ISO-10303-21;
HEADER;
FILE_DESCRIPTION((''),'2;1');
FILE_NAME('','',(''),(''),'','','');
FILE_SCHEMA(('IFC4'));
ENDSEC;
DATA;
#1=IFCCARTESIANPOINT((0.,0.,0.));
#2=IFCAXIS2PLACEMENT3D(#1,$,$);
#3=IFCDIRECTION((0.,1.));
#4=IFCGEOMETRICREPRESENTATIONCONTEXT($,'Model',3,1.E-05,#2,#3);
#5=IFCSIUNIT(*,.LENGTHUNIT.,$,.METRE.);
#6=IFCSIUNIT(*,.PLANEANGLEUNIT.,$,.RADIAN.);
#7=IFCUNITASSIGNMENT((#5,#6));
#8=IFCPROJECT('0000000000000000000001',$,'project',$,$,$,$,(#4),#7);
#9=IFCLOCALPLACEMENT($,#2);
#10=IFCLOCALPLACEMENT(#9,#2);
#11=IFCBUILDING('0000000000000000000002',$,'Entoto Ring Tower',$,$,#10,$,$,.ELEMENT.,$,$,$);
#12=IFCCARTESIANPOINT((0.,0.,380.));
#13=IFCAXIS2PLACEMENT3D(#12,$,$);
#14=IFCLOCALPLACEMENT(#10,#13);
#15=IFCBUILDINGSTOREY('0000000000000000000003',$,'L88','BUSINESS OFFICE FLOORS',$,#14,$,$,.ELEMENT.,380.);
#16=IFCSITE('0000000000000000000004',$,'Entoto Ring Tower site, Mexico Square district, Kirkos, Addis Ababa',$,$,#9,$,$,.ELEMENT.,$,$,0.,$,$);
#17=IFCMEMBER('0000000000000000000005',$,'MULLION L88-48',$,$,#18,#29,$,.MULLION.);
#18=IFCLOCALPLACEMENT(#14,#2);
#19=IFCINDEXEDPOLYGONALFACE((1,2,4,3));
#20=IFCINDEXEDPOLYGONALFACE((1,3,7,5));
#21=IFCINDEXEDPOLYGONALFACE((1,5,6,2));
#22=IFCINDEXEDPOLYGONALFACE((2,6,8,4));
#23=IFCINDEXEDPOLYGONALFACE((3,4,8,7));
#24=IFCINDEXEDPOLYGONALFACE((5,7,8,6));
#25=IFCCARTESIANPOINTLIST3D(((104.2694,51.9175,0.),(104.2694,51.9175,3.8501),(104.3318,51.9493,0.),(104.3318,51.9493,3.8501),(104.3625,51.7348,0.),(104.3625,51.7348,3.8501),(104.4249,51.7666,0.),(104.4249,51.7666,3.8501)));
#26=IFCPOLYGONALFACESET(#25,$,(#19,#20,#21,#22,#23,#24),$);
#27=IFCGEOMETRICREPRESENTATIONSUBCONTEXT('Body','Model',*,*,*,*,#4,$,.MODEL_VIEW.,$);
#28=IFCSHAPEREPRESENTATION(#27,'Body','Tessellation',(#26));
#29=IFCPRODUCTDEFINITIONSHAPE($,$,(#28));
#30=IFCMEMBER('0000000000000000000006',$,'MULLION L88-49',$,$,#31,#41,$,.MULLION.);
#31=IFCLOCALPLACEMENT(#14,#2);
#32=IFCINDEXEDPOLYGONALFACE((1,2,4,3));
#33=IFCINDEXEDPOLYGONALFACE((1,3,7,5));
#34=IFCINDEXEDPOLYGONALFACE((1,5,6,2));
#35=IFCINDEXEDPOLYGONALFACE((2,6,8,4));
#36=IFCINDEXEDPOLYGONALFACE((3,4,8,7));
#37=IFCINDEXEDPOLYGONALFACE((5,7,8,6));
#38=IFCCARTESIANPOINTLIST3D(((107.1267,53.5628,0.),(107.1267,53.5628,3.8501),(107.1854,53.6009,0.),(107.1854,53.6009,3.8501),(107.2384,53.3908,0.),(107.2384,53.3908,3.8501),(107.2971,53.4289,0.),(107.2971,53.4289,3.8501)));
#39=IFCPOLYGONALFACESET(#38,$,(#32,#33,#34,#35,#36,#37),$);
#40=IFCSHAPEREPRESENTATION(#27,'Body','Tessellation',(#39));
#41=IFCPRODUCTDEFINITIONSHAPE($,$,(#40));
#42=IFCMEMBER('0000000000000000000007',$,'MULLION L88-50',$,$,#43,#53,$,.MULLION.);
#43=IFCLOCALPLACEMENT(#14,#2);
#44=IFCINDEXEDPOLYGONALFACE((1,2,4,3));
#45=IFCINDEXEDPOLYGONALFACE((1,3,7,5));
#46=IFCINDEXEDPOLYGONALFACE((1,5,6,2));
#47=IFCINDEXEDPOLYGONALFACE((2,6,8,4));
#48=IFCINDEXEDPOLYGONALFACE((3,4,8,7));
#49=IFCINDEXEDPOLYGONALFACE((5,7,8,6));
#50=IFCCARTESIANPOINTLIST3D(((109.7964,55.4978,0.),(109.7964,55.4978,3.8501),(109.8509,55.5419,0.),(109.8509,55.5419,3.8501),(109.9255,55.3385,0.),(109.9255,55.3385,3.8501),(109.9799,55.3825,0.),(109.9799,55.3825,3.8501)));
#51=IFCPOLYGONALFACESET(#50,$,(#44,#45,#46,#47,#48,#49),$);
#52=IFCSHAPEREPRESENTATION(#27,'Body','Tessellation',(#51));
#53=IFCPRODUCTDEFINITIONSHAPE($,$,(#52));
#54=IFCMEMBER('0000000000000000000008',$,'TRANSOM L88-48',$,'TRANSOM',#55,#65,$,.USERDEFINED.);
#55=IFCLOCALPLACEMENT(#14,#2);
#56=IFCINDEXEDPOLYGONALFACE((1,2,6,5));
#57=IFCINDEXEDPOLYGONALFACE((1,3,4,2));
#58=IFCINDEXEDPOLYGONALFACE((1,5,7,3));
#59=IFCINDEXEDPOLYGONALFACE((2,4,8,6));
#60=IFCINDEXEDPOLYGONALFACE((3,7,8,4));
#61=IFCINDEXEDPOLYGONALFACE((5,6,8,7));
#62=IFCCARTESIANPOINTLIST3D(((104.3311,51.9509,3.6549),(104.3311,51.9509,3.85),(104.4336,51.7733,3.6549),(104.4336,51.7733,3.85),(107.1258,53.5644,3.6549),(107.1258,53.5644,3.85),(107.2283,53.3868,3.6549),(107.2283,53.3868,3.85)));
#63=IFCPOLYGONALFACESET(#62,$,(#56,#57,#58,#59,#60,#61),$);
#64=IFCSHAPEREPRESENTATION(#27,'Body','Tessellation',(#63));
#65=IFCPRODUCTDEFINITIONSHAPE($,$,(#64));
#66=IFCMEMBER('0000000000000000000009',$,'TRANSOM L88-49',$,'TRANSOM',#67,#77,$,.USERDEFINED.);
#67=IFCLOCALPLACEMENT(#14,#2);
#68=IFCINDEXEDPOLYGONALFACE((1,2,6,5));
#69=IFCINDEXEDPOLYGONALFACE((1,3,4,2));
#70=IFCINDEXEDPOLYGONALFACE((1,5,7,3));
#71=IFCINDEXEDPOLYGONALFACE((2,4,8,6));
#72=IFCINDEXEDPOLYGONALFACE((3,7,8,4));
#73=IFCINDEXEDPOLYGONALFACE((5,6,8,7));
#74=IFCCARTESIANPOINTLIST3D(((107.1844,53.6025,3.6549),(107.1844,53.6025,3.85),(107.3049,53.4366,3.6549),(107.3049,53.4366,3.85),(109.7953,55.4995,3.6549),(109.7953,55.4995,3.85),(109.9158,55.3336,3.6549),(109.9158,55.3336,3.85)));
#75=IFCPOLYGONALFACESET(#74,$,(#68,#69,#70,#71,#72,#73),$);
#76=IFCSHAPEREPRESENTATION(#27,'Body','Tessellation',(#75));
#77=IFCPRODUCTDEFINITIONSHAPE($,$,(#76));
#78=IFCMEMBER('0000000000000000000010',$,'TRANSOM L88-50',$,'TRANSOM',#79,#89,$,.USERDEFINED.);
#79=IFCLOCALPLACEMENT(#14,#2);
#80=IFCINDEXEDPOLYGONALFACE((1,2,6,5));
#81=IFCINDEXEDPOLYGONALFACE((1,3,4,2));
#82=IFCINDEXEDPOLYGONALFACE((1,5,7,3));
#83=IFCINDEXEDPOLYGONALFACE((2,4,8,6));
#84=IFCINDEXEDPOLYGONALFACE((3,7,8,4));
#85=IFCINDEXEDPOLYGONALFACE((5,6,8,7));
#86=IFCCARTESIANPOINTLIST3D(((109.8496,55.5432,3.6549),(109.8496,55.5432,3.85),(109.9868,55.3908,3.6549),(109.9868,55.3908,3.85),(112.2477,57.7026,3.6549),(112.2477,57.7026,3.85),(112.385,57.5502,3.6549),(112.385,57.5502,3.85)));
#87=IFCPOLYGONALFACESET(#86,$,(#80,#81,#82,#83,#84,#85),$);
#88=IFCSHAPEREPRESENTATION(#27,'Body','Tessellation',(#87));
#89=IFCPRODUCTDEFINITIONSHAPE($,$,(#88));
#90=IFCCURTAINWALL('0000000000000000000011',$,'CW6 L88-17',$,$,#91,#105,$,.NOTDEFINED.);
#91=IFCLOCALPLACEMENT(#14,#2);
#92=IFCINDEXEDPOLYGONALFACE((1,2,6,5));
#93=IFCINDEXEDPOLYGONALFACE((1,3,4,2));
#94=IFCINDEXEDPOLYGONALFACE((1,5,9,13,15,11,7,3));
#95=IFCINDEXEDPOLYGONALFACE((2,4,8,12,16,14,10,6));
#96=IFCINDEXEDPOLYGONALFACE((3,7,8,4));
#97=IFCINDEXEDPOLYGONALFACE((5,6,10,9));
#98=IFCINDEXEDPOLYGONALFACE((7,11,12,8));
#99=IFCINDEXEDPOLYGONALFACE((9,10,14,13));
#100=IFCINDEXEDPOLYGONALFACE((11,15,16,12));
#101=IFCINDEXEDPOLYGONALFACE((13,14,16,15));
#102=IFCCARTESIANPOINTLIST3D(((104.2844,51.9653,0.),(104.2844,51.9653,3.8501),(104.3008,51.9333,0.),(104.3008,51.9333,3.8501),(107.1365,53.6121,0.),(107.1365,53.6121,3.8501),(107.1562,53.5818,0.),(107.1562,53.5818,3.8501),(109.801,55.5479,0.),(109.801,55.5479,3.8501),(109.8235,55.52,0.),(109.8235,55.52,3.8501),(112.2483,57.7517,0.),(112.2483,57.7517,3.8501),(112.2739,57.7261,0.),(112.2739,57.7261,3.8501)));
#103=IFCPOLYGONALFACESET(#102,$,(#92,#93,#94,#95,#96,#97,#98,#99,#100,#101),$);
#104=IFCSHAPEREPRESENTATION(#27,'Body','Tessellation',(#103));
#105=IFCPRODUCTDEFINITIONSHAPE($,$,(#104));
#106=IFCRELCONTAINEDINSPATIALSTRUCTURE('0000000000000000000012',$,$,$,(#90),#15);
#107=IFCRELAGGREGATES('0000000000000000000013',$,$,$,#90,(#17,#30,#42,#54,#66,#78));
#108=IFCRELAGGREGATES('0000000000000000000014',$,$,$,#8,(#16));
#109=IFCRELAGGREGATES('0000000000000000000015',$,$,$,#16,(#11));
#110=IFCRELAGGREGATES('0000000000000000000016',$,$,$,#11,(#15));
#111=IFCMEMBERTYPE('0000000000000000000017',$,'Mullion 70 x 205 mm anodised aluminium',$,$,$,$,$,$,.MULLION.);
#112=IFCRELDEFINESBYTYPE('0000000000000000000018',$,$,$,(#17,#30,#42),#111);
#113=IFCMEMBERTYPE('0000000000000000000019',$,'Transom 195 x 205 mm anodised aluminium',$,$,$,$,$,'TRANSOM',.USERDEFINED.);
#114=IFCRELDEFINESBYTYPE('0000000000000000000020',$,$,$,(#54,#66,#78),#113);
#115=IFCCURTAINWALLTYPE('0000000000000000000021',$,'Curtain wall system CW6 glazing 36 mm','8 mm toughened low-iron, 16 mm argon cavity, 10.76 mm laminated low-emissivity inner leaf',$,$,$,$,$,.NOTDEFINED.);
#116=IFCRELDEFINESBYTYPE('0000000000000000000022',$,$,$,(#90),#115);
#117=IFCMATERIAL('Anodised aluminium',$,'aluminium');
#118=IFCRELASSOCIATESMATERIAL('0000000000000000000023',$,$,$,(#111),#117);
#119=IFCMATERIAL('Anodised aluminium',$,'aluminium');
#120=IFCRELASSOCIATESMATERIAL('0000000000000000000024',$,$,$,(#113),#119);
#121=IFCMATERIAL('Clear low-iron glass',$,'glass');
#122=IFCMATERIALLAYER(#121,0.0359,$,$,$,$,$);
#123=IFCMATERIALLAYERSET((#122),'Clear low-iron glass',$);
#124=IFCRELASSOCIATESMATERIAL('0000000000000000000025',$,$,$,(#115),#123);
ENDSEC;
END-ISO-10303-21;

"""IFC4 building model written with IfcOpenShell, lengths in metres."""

from ifc_helpers import new_model, si_unit, direction, frame, origin, origin_2d, place, context, subcontext, project, spatial, polyline, rectangle, outline, extrude, material, layer, layer_set, material_profile, profile_set, type_object, element, aggregate, save


model = new_model("IFC4")

# Units and contexts
model_context = context("Model", 3, precision=1e-05, world=origin(), true_north=direction((0.0, 1.0)))
body_context = subcontext(model_context, "Body", "Model", "MODEL_VIEW")
ifc_project = project(units=[si_unit("LENGTHUNIT", "METRE"), si_unit("PLANEANGLEUNIT", "RADIAN")], contexts=[model_context])

# Members
ifc_material_1 = material(Name="Anodised aluminium", Category="aluminium")
ifc_material_profile_1 = material_profile(ifc_material_1, rectangle(XDim=0.0701, YDim=0.2051, at=origin_2d()), Name="Mullion 70 x 205 mm anodised aluminium")
ifc_profile_set_1 = profile_set([ifc_material_profile_1], Name="Anodised aluminium")
member_type_1 = type_object("IfcMemberType", Name="Mullion 70 x 205 mm anodised aluminium", PredefinedType="MULLION", material=ifc_profile_set_1)
site_placement = place(None, origin())
building_placement = place(site_placement, origin())
storey_placement = place(building_placement, frame((0.0, 0.0, 380.0)))
member_1_placement = place(storey_placement, frame((104.3472, 51.842, 0.0), z_axis=(0.0, 0.0, 1.0), x_axis=(0.891007, 0.45399, 0.0)))
member_1 = element("IfcMember", 1, at=member_1_placement, type_object=member_type_1, Name="MULLION L88-48", PredefinedType="MULLION", context=body_context, shape_type="SweptSolid", body=[
    extrude(rectangle(XDim=0.0701, YDim=0.2051, at=origin_2d()), origin(), (0.0, 0.0, 1.0), 3.8501),
])
member_2_placement = place(storey_placement, frame((107.2119, 53.4958, 0.0), z_axis=(0.0, 0.0, 1.0), x_axis=(0.838671, 0.544639, 0.0)))
member_2 = element("IfcMember", 2, at=member_2_placement, type_object=member_type_1, Name="MULLION L88-49", PredefinedType="MULLION", context=body_context, shape_type="SweptSolid", body=[
    extrude(rectangle(XDim=0.0701, YDim=0.2051, at=origin_2d()), origin(), (0.0, 0.0, 1.0), 3.8501),
])
member_3_placement = place(storey_placement, frame((109.8882, 55.4402, 0.0), z_axis=(0.0, 0.0, 1.0), x_axis=(0.777146, 0.62932, 0.0)))
member_3 = element("IfcMember", 3, at=member_3_placement, type_object=member_type_1, Name="MULLION L88-50", PredefinedType="MULLION", context=body_context, shape_type="SweptSolid", body=[
    extrude(rectangle(XDim=0.0701, YDim=0.2051, at=origin_2d()), origin(), (0.0, 0.0, 1.0), 3.8501),
])
ifc_material_2 = material(Name="Anodised aluminium", Category="aluminium")
ifc_material_profile_2 = material_profile(ifc_material_2, rectangle(XDim=0.2051, YDim=0.1951, at=origin_2d()), Name="Transom 195 x 205 mm anodised aluminium")
ifc_profile_set_2 = profile_set([ifc_material_profile_2], Name="Anodised aluminium")
member_type_2 = type_object("IfcMemberType", Name="Transom 195 x 205 mm anodised aluminium", ElementType="TRANSOM", PredefinedType="USERDEFINED", material=ifc_profile_set_2)
member_4_placement = place(storey_placement, frame((104.3823, 51.8621, 3.7524), z_axis=(0.866023, 0.500004, 0.0), x_axis=(-0.500004, 0.866023, 0.0)))
member_4 = element("IfcMember", 4, at=member_4_placement, type_object=member_type_2, Name="TRANSOM L88-48", ObjectType="TRANSOM", PredefinedType="USERDEFINED", context=body_context, shape_type="SweptSolid", body=[
    extrude(rectangle(XDim=0.2051, YDim=0.1951, at=origin_2d()), origin(), (0.0, 0.0, 1.0), 3.2271),
])
member_5_placement = place(storey_placement, frame((107.2446, 53.5195, 3.7524), z_axis=(0.809004, 0.587803, 0.0), x_axis=(-0.587803, 0.809004, 0.0)))
member_5 = element("IfcMember", 5, at=member_5_placement, type_object=member_type_2, Name="TRANSOM L88-49", ObjectType="TRANSOM", PredefinedType="USERDEFINED", context=body_context, shape_type="SweptSolid", body=[
    extrude(rectangle(XDim=0.2051, YDim=0.1951, at=origin_2d()), origin(), (0.0, 0.0, 1.0), 3.2273),
])
member_6_placement = place(storey_placement, frame((109.9182, 55.467, 3.7524), z_axis=(0.743132, 0.669144, 0.0), x_axis=(-0.669144, 0.743132, 0.0)))
member_6 = element("IfcMember", 6, at=member_6_placement, type_object=member_type_2, Name="TRANSOM L88-50", ObjectType="TRANSOM", PredefinedType="USERDEFINED", context=body_context, shape_type="SweptSolid", body=[
    extrude(rectangle(XDim=0.2051, YDim=0.1951, at=origin_2d()), origin(), (0.0, 0.0, 1.0), 3.2271),
])

# Site, building, storey
site = spatial("IfcSite", under=ifc_project, at=site_placement, Name="Entoto Ring Tower site, Mexico Square district, Kirkos, Addis Ababa", CompositionType="ELEMENT", RefElevation=0.0)
building = spatial("IfcBuilding", under=site, at=building_placement, Name="Entoto Ring Tower", CompositionType="ELEMENT")
storey = spatial("IfcBuildingStorey", under=building, at=storey_placement, Name="L88", Description="BUSINESS OFFICE FLOORS", CompositionType="ELEMENT", Elevation=380.0)

# Curtain wall
ifc_material_3 = material(Name="Clear low-iron glass", Category="glass")
ifc_layer_1 = layer(ifc_material_3, 0.0359)
ifc_layer_set_1 = layer_set([ifc_layer_1], Name="Clear low-iron glass")
curtain_wall_type = type_object("IfcCurtainWallType", Name="Curtain wall system CW6 glazing 36 mm", Description="8 mm toughened low-iron, 16 mm argon cavity, 10.76 mm laminated low-emissivity inner leaf", PredefinedType="NOTDEFINED", material=ifc_layer_set_1)
curtain_wall_1_placement = place(storey_placement, origin())
curtain_wall_1 = element("IfcCurtainWall", 7, at=curtain_wall_1_placement, inside=storey, type_object=curtain_wall_type, Name="CW6 L88-17", PredefinedType="NOTDEFINED", context=body_context, shape_type="SweptSolid", body=[
    extrude(outline(polyline([(104.3008, 51.9333), (107.1562, 53.5818), (109.8235, 55.52), (112.2739, 57.7261), (112.2483, 57.7517), (109.801, 55.5479), (107.1365, 53.6121), (104.2844, 51.9653), (104.3008, 51.9333)])), origin(), (0.0, 0.0, 1.0), 3.8501),
])
aggregate(curtain_wall_1, [member_1, member_2, member_3, member_4, member_5, member_6])

save(model, "model.ifc")
